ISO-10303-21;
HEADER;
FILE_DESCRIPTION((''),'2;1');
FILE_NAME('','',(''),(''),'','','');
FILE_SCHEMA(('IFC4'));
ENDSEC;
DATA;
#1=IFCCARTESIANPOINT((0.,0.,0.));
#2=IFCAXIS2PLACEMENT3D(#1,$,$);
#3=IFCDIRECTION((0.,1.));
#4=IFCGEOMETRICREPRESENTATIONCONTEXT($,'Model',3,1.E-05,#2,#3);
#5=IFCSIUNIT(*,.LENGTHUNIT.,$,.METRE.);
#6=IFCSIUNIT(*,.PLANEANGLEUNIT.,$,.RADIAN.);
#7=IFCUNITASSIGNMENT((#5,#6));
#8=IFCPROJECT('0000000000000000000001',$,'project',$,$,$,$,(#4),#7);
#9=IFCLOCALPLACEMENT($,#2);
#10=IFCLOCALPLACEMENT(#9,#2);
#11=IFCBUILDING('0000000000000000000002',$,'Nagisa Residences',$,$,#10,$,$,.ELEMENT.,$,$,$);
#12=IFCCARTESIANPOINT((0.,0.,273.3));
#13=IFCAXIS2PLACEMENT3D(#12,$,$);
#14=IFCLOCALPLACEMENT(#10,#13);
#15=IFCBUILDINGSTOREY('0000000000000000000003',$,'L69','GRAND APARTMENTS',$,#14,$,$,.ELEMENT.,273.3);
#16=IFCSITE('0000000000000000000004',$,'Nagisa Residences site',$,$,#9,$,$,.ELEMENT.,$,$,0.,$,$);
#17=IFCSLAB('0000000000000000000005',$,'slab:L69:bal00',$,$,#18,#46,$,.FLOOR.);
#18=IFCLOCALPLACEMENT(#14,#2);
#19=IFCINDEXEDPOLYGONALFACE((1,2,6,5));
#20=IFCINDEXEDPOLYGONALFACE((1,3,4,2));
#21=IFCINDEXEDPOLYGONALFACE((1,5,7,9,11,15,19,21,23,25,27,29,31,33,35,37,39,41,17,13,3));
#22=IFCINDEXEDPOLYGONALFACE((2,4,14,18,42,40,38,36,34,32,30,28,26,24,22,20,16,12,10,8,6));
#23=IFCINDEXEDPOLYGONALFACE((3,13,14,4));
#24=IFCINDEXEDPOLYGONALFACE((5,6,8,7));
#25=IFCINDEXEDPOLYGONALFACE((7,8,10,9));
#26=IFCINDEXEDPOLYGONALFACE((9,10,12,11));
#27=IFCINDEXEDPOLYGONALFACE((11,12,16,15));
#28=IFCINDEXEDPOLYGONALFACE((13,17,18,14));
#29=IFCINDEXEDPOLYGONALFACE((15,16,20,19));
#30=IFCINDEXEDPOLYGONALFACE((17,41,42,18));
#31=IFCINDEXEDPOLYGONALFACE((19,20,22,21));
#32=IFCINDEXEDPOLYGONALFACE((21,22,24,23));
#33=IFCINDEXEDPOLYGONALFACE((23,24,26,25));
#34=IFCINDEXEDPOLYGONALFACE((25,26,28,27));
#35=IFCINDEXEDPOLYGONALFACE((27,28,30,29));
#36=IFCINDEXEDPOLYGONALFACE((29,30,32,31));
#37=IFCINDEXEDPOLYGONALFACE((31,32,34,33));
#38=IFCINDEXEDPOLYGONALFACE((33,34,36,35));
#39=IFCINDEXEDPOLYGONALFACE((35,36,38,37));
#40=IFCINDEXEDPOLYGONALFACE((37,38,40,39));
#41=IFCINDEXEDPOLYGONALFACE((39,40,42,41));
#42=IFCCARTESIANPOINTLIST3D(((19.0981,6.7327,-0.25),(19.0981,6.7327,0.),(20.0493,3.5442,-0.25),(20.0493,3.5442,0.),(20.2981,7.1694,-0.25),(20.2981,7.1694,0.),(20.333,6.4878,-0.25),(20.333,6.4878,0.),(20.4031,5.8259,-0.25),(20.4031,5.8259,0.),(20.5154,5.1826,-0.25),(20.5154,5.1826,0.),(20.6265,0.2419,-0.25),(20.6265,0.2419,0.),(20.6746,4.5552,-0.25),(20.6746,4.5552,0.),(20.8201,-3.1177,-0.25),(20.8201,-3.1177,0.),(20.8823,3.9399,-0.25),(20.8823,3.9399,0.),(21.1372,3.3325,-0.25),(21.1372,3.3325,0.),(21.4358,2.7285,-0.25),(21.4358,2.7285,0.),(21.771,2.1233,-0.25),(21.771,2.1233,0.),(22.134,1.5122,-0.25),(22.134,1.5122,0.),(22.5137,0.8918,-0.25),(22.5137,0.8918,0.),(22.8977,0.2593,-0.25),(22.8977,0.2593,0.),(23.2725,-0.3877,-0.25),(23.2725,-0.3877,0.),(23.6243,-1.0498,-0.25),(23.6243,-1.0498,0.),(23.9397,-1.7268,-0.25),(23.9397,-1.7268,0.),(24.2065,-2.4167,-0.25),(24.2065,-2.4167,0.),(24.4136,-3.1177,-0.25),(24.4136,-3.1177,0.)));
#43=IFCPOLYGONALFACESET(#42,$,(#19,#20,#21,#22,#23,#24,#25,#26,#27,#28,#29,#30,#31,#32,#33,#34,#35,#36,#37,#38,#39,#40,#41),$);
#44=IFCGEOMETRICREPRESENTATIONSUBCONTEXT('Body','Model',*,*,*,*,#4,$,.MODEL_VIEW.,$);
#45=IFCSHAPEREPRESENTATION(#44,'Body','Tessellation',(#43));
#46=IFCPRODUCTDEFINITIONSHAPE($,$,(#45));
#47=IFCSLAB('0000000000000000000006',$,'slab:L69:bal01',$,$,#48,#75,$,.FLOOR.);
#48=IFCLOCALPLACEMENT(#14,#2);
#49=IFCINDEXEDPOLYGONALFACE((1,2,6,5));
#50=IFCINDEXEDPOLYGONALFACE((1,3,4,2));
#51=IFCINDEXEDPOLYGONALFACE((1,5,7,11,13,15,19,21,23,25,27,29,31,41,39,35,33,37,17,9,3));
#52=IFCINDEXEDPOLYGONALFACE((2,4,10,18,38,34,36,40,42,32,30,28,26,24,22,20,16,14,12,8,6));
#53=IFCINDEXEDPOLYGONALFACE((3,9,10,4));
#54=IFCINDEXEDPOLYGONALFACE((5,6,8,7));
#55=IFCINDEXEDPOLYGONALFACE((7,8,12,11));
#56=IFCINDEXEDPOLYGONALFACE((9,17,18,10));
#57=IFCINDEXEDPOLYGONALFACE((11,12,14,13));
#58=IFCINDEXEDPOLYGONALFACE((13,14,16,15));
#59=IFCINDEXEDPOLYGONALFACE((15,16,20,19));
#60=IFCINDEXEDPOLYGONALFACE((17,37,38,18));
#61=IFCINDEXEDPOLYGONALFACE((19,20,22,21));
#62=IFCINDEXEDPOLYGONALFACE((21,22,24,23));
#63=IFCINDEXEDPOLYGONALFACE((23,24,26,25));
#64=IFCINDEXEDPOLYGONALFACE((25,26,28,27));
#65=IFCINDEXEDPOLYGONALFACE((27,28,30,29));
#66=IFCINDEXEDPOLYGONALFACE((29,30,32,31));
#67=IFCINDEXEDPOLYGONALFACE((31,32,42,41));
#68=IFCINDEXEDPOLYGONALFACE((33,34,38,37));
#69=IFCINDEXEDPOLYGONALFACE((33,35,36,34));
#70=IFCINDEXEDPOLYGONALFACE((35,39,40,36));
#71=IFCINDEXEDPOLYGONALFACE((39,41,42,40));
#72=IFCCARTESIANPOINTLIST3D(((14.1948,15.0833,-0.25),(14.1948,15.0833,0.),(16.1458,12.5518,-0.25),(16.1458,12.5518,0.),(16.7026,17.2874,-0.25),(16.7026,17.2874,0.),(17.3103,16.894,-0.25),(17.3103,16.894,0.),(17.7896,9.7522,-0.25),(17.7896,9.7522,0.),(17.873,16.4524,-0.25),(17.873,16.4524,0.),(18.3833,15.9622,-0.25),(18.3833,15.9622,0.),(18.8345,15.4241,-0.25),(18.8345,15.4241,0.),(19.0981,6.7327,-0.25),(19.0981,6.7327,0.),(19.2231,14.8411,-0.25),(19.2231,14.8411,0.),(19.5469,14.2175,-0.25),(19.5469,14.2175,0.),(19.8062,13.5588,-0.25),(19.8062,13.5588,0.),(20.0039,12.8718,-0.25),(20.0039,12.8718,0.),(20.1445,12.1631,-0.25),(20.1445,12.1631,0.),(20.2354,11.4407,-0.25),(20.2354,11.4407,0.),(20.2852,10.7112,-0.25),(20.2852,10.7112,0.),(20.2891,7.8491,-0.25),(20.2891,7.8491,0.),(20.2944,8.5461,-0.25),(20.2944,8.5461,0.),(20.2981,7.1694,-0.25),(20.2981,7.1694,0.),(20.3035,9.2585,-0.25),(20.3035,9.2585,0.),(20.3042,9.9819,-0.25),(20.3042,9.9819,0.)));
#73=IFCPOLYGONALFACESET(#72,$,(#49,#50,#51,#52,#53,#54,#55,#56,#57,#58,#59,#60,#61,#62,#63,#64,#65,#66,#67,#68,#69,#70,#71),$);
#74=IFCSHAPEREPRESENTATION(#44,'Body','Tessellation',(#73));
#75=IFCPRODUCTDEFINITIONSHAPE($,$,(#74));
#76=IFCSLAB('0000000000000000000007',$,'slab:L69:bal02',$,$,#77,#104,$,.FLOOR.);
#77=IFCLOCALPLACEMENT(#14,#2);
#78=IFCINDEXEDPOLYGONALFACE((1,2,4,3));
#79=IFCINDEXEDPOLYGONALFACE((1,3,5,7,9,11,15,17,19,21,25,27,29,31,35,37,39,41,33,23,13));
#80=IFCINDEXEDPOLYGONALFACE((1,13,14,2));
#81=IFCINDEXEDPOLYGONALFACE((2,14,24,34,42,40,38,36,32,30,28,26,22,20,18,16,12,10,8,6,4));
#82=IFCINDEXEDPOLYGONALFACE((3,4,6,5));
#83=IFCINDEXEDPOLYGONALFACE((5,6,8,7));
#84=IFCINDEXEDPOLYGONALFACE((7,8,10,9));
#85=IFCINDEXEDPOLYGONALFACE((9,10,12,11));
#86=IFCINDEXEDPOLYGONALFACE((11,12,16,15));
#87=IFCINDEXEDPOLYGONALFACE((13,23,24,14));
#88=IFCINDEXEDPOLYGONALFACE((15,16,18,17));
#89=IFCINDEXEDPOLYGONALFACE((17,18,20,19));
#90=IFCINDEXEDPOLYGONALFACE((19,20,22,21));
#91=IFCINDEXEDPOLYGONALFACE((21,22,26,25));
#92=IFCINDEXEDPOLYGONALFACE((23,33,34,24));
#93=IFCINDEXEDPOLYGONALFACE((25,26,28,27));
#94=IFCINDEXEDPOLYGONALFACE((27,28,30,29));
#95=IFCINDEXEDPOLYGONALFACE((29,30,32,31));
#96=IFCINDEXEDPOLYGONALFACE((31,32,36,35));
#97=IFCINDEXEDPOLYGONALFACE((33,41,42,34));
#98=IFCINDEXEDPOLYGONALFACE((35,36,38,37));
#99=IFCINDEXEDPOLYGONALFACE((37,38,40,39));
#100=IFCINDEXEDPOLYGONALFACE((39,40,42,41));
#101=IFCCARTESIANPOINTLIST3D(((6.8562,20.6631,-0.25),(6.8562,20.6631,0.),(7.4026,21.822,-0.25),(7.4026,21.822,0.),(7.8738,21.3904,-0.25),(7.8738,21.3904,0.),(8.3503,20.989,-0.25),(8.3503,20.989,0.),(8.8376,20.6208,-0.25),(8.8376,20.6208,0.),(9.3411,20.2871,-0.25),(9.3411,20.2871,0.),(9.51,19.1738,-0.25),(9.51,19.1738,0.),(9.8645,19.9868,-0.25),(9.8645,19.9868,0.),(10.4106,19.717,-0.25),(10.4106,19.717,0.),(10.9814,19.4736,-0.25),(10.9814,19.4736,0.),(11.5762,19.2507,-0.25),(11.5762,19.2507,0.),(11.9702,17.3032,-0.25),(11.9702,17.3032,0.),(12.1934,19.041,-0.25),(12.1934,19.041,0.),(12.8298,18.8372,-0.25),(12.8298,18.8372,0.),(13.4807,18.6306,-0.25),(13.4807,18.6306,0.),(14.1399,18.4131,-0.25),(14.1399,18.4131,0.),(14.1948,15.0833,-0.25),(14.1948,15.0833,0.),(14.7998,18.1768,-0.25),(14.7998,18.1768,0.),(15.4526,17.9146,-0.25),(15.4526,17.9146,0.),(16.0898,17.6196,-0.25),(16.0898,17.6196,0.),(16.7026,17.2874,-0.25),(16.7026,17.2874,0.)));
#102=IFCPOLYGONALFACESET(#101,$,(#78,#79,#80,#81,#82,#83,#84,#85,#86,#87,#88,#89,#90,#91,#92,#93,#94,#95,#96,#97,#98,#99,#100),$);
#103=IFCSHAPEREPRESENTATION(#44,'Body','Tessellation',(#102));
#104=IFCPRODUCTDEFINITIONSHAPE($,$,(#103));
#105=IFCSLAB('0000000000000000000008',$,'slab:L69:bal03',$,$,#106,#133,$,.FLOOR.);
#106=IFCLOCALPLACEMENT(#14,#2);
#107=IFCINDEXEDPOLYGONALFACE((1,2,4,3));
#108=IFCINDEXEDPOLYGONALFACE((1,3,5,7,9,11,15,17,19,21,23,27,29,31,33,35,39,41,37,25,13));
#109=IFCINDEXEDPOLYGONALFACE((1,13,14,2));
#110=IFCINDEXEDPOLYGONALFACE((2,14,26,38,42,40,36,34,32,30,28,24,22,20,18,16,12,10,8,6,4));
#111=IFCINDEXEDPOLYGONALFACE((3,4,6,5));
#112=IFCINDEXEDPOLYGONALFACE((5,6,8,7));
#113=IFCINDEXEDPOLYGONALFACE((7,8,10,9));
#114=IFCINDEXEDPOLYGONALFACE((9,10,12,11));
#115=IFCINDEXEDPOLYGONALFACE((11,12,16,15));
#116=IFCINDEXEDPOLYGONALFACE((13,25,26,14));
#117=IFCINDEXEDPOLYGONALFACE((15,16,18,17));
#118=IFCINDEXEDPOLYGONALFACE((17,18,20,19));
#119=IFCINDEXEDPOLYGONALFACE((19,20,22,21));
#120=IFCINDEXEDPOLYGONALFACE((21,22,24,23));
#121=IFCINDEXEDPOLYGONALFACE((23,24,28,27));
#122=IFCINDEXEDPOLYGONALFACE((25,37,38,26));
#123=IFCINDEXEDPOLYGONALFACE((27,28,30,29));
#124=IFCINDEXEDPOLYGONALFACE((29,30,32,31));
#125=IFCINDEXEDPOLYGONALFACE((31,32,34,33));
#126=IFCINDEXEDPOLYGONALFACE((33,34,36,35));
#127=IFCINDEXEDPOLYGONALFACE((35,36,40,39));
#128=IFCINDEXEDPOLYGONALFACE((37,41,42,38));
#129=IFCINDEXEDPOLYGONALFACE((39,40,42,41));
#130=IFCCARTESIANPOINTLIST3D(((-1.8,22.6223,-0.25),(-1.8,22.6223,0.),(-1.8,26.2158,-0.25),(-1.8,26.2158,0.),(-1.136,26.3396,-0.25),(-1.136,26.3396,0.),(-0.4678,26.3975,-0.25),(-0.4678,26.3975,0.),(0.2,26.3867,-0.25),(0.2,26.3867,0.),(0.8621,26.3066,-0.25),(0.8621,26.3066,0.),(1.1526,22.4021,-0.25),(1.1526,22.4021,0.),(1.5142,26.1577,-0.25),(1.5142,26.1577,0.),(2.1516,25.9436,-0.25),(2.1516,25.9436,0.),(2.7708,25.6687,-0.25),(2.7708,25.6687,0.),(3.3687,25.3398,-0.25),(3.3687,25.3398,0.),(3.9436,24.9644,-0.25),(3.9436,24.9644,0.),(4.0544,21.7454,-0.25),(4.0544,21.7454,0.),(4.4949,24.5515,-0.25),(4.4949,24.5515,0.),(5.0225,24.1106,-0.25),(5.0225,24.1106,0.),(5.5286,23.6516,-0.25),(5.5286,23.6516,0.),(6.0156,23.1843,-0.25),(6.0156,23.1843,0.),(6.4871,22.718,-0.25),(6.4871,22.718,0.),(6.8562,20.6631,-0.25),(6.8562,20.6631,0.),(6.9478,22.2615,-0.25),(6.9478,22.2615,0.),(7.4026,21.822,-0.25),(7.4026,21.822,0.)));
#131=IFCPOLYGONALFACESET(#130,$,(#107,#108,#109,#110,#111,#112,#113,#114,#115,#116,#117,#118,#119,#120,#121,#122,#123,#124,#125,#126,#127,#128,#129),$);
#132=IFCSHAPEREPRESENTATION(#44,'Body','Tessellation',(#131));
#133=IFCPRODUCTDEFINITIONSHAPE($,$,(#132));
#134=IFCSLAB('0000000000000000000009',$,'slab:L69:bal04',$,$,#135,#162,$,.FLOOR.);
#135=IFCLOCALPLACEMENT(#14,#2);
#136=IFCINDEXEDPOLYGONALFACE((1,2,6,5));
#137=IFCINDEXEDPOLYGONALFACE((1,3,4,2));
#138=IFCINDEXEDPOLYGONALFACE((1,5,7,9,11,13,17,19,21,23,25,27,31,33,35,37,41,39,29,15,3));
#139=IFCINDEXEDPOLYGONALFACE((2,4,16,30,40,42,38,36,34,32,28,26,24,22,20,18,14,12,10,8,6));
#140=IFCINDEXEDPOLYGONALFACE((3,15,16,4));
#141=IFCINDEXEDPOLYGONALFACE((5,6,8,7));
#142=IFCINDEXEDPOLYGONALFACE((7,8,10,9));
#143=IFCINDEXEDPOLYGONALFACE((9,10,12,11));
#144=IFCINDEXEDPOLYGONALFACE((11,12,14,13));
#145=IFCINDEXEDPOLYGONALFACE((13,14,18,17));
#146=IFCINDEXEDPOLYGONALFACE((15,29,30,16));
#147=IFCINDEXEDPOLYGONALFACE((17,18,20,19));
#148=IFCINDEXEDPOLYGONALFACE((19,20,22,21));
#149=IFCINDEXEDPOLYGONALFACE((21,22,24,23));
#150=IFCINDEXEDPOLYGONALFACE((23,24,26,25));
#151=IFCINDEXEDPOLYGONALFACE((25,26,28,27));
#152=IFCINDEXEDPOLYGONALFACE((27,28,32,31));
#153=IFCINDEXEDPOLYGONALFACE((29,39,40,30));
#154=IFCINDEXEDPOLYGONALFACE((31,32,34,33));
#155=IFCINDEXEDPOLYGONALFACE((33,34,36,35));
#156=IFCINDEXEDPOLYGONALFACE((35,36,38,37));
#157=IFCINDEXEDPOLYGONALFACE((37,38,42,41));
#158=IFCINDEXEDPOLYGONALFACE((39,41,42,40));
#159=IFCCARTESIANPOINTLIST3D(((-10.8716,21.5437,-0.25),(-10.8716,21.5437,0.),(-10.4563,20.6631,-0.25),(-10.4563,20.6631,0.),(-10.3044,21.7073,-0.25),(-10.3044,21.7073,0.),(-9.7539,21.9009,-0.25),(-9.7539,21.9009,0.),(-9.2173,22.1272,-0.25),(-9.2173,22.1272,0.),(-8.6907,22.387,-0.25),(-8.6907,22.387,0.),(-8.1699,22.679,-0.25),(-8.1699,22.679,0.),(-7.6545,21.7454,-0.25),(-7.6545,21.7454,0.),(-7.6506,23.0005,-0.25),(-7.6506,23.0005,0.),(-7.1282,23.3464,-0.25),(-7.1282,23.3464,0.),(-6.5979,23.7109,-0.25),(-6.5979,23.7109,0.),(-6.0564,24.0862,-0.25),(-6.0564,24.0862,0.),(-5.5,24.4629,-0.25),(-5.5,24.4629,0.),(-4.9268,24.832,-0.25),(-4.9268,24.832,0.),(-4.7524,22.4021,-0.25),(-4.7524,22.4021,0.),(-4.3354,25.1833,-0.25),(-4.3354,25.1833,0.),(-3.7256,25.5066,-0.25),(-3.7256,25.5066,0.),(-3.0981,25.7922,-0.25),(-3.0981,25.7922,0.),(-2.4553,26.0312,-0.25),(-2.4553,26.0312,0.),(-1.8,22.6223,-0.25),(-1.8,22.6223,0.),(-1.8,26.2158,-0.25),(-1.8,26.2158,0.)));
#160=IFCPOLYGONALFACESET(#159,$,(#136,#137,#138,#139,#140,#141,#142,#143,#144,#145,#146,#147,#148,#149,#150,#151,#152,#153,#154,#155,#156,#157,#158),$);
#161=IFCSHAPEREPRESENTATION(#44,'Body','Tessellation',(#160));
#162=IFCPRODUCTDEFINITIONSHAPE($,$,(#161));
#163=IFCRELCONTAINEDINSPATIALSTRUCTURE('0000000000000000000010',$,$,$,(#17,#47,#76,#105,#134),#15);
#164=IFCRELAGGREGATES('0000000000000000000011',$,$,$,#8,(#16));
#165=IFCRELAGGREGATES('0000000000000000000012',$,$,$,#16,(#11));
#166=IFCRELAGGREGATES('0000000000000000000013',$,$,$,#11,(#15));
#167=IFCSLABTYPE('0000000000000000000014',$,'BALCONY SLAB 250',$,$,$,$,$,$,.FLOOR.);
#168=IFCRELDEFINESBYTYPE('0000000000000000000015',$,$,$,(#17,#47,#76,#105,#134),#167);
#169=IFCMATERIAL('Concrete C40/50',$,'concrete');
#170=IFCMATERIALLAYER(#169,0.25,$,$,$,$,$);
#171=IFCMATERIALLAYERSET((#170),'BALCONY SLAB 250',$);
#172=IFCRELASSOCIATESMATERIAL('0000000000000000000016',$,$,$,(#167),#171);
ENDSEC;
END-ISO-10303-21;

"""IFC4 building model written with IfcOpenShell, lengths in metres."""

from ifc_helpers import new_model, si_unit, direction, frame, origin, place, context, subcontext, project, spatial, polyline, outline, extrude, material, layer, layer_set, type_object, element, save


model = new_model("IFC4")

# Units and contexts
model_context = context("Model", 3, precision=1e-05, world=origin(), true_north=direction((0.0, 1.0)))
body_context = subcontext(model_context, "Body", "Model", "MODEL_VIEW")
ifc_project = project(units=[si_unit("LENGTHUNIT", "METRE"), si_unit("PLANEANGLEUNIT", "RADIAN")], contexts=[model_context])

# Site, building, storey
site_placement = place(None, origin())
site = spatial("IfcSite", under=ifc_project, at=site_placement, Name="Nagisa Residences site", CompositionType="ELEMENT", RefElevation=0.0)
building_placement = place(site_placement, origin())
building = spatial("IfcBuilding", under=site, at=building_placement, Name="Nagisa Residences", CompositionType="ELEMENT")
storey_placement = place(building_placement, frame((0.0, 0.0, 273.3)))
storey = spatial("IfcBuildingStorey", under=building, at=storey_placement, Name="L69", Description="GRAND APARTMENTS", CompositionType="ELEMENT", Elevation=273.3)

# Slabs
ifc_material_1 = material(Name="Concrete C40/50", Category="concrete")
ifc_layer_1 = layer(ifc_material_1, 0.25)
ifc_layer_set_1 = layer_set([ifc_layer_1], Name="BALCONY SLAB 250")
slab_type_1 = type_object("IfcSlabType", Name="BALCONY SLAB 250", PredefinedType="FLOOR", material=ifc_layer_set_1)
slab_1_placement = place(storey_placement, frame((0.0, 0.0, -0.25)))
element("IfcSlab", 1, at=slab_1_placement, inside=storey, type_object=slab_type_1, Name="slab:L69:bal00", PredefinedType="FLOOR", context=body_context, shape_type="SweptSolid", body=[
    extrude(outline(polyline([(24.4136, -3.1177), (24.2065, -2.4167), (23.9397, -1.7268), (23.6243, -1.0498), (23.2725, -0.3877), (22.8977, 0.2593), (22.5137, 0.8918), (22.134, 1.5122), (21.771, 2.1233), (21.4358, 2.7285), (21.1372, 3.3325), (20.8823, 3.9399), (20.6746, 4.5552), (20.5154, 5.1826), (20.4031, 5.8259), (20.333, 6.4878), (20.2981, 7.1694), (19.0981, 6.7327), (20.0493, 3.5442), (20.6265, 0.2419), (20.8201, -3.1177), (24.4136, -3.1177)])), origin(), (0.0, 0.0, 1.0), 0.25),
])
slab_2_placement = place(storey_placement, frame((0.0, 0.0, -0.25)))
element("IfcSlab", 2, at=slab_2_placement, inside=storey, type_object=slab_type_1, Name="slab:L69:bal01", PredefinedType="FLOOR", context=body_context, shape_type="SweptSolid", body=[
    extrude(outline(polyline([(20.2981, 7.1694), (20.2891, 7.8491), (20.2944, 8.5461), (20.3035, 9.2585), (20.3042, 9.9819), (20.2852, 10.7112), (20.2354, 11.4407), (20.1445, 12.1631), (20.0039, 12.8718), (19.8062, 13.5588), (19.5469, 14.2175), (19.2231, 14.8411), (18.8345, 15.4241), (18.3833, 15.9622), (17.873, 16.4524), (17.3103, 16.894), (16.7026, 17.2874), (14.1948, 15.0833), (16.1458, 12.5518), (17.7896, 9.7522), (19.0981, 6.7327), (20.2981, 7.1694)])), origin(), (0.0, 0.0, 1.0), 0.25),
])
slab_3_placement = place(storey_placement, frame((0.0, 0.0, -0.25)))
element("IfcSlab", 3, at=slab_3_placement, inside=storey, type_object=slab_type_1, Name="slab:L69:bal02", PredefinedType="FLOOR", context=body_context, shape_type="SweptSolid", body=[
    extrude(outline(polyline([(16.7026, 17.2874), (16.0898, 17.6196), (15.4526, 17.9146), (14.7998, 18.1768), (14.1399, 18.4131), (13.4807, 18.6306), (12.8298, 18.8372), (12.1934, 19.041), (11.5762, 19.2507), (10.9814, 19.4736), (10.4106, 19.717), (9.8645, 19.9868), (9.3411, 20.2871), (8.8376, 20.6208), (8.3503, 20.989), (7.8738, 21.3904), (7.4026, 21.822), (6.8562, 20.6631), (9.51, 19.1738), (11.9702, 17.3032), (14.1948, 15.0833), (16.7026, 17.2874)])), origin(), (0.0, 0.0, 1.0), 0.25),
])
slab_4_placement = place(storey_placement, frame((0.0, 0.0, -0.25)))
element("IfcSlab", 4, at=slab_4_placement, inside=storey, type_object=slab_type_1, Name="slab:L69:bal03", PredefinedType="FLOOR", context=body_context, shape_type="SweptSolid", body=[
    extrude(outline(polyline([(7.4026, 21.822), (6.9478, 22.2615), (6.4871, 22.718), (6.0156, 23.1843), (5.5286, 23.6516), (5.0225, 24.1106), (4.4949, 24.5515), (3.9436, 24.9644), (3.3687, 25.3398), (2.7708, 25.6687), (2.1516, 25.9436), (1.5142, 26.1577), (0.8621, 26.3066), (0.2, 26.3867), (-0.4678, 26.3975), (-1.136, 26.3396), (-1.8, 26.2158), (-1.8, 22.6223), (1.1526, 22.4021), (4.0544, 21.7454), (6.8562, 20.6631), (7.4026, 21.822)])), origin(), (0.0, 0.0, 1.0), 0.25),
])
slab_5_placement = place(storey_placement, frame((0.0, 0.0, -0.25)))
element("IfcSlab", 5, at=slab_5_placement, inside=storey, type_object=slab_type_1, Name="slab:L69:bal04", PredefinedType="FLOOR", context=body_context, shape_type="SweptSolid", body=[
    extrude(outline(polyline([(-1.8, 26.2158), (-2.4553, 26.0312), (-3.0981, 25.7922), (-3.7256, 25.5066), (-4.3354, 25.1833), (-4.9268, 24.832), (-5.5, 24.4629), (-6.0564, 24.0862), (-6.5979, 23.7109), (-7.1282, 23.3464), (-7.6506, 23.0005), (-8.1699, 22.679), (-8.6907, 22.387), (-9.2173, 22.1272), (-9.7539, 21.9009), (-10.3044, 21.7073), (-10.8716, 21.5437), (-10.4563, 20.6631), (-7.6545, 21.7454), (-4.7524, 22.4021), (-1.8, 22.6223), (-1.8, 26.2158)])), origin(), (0.0, 0.0, 1.0), 0.25),
])

save(model, "model.ifc")
